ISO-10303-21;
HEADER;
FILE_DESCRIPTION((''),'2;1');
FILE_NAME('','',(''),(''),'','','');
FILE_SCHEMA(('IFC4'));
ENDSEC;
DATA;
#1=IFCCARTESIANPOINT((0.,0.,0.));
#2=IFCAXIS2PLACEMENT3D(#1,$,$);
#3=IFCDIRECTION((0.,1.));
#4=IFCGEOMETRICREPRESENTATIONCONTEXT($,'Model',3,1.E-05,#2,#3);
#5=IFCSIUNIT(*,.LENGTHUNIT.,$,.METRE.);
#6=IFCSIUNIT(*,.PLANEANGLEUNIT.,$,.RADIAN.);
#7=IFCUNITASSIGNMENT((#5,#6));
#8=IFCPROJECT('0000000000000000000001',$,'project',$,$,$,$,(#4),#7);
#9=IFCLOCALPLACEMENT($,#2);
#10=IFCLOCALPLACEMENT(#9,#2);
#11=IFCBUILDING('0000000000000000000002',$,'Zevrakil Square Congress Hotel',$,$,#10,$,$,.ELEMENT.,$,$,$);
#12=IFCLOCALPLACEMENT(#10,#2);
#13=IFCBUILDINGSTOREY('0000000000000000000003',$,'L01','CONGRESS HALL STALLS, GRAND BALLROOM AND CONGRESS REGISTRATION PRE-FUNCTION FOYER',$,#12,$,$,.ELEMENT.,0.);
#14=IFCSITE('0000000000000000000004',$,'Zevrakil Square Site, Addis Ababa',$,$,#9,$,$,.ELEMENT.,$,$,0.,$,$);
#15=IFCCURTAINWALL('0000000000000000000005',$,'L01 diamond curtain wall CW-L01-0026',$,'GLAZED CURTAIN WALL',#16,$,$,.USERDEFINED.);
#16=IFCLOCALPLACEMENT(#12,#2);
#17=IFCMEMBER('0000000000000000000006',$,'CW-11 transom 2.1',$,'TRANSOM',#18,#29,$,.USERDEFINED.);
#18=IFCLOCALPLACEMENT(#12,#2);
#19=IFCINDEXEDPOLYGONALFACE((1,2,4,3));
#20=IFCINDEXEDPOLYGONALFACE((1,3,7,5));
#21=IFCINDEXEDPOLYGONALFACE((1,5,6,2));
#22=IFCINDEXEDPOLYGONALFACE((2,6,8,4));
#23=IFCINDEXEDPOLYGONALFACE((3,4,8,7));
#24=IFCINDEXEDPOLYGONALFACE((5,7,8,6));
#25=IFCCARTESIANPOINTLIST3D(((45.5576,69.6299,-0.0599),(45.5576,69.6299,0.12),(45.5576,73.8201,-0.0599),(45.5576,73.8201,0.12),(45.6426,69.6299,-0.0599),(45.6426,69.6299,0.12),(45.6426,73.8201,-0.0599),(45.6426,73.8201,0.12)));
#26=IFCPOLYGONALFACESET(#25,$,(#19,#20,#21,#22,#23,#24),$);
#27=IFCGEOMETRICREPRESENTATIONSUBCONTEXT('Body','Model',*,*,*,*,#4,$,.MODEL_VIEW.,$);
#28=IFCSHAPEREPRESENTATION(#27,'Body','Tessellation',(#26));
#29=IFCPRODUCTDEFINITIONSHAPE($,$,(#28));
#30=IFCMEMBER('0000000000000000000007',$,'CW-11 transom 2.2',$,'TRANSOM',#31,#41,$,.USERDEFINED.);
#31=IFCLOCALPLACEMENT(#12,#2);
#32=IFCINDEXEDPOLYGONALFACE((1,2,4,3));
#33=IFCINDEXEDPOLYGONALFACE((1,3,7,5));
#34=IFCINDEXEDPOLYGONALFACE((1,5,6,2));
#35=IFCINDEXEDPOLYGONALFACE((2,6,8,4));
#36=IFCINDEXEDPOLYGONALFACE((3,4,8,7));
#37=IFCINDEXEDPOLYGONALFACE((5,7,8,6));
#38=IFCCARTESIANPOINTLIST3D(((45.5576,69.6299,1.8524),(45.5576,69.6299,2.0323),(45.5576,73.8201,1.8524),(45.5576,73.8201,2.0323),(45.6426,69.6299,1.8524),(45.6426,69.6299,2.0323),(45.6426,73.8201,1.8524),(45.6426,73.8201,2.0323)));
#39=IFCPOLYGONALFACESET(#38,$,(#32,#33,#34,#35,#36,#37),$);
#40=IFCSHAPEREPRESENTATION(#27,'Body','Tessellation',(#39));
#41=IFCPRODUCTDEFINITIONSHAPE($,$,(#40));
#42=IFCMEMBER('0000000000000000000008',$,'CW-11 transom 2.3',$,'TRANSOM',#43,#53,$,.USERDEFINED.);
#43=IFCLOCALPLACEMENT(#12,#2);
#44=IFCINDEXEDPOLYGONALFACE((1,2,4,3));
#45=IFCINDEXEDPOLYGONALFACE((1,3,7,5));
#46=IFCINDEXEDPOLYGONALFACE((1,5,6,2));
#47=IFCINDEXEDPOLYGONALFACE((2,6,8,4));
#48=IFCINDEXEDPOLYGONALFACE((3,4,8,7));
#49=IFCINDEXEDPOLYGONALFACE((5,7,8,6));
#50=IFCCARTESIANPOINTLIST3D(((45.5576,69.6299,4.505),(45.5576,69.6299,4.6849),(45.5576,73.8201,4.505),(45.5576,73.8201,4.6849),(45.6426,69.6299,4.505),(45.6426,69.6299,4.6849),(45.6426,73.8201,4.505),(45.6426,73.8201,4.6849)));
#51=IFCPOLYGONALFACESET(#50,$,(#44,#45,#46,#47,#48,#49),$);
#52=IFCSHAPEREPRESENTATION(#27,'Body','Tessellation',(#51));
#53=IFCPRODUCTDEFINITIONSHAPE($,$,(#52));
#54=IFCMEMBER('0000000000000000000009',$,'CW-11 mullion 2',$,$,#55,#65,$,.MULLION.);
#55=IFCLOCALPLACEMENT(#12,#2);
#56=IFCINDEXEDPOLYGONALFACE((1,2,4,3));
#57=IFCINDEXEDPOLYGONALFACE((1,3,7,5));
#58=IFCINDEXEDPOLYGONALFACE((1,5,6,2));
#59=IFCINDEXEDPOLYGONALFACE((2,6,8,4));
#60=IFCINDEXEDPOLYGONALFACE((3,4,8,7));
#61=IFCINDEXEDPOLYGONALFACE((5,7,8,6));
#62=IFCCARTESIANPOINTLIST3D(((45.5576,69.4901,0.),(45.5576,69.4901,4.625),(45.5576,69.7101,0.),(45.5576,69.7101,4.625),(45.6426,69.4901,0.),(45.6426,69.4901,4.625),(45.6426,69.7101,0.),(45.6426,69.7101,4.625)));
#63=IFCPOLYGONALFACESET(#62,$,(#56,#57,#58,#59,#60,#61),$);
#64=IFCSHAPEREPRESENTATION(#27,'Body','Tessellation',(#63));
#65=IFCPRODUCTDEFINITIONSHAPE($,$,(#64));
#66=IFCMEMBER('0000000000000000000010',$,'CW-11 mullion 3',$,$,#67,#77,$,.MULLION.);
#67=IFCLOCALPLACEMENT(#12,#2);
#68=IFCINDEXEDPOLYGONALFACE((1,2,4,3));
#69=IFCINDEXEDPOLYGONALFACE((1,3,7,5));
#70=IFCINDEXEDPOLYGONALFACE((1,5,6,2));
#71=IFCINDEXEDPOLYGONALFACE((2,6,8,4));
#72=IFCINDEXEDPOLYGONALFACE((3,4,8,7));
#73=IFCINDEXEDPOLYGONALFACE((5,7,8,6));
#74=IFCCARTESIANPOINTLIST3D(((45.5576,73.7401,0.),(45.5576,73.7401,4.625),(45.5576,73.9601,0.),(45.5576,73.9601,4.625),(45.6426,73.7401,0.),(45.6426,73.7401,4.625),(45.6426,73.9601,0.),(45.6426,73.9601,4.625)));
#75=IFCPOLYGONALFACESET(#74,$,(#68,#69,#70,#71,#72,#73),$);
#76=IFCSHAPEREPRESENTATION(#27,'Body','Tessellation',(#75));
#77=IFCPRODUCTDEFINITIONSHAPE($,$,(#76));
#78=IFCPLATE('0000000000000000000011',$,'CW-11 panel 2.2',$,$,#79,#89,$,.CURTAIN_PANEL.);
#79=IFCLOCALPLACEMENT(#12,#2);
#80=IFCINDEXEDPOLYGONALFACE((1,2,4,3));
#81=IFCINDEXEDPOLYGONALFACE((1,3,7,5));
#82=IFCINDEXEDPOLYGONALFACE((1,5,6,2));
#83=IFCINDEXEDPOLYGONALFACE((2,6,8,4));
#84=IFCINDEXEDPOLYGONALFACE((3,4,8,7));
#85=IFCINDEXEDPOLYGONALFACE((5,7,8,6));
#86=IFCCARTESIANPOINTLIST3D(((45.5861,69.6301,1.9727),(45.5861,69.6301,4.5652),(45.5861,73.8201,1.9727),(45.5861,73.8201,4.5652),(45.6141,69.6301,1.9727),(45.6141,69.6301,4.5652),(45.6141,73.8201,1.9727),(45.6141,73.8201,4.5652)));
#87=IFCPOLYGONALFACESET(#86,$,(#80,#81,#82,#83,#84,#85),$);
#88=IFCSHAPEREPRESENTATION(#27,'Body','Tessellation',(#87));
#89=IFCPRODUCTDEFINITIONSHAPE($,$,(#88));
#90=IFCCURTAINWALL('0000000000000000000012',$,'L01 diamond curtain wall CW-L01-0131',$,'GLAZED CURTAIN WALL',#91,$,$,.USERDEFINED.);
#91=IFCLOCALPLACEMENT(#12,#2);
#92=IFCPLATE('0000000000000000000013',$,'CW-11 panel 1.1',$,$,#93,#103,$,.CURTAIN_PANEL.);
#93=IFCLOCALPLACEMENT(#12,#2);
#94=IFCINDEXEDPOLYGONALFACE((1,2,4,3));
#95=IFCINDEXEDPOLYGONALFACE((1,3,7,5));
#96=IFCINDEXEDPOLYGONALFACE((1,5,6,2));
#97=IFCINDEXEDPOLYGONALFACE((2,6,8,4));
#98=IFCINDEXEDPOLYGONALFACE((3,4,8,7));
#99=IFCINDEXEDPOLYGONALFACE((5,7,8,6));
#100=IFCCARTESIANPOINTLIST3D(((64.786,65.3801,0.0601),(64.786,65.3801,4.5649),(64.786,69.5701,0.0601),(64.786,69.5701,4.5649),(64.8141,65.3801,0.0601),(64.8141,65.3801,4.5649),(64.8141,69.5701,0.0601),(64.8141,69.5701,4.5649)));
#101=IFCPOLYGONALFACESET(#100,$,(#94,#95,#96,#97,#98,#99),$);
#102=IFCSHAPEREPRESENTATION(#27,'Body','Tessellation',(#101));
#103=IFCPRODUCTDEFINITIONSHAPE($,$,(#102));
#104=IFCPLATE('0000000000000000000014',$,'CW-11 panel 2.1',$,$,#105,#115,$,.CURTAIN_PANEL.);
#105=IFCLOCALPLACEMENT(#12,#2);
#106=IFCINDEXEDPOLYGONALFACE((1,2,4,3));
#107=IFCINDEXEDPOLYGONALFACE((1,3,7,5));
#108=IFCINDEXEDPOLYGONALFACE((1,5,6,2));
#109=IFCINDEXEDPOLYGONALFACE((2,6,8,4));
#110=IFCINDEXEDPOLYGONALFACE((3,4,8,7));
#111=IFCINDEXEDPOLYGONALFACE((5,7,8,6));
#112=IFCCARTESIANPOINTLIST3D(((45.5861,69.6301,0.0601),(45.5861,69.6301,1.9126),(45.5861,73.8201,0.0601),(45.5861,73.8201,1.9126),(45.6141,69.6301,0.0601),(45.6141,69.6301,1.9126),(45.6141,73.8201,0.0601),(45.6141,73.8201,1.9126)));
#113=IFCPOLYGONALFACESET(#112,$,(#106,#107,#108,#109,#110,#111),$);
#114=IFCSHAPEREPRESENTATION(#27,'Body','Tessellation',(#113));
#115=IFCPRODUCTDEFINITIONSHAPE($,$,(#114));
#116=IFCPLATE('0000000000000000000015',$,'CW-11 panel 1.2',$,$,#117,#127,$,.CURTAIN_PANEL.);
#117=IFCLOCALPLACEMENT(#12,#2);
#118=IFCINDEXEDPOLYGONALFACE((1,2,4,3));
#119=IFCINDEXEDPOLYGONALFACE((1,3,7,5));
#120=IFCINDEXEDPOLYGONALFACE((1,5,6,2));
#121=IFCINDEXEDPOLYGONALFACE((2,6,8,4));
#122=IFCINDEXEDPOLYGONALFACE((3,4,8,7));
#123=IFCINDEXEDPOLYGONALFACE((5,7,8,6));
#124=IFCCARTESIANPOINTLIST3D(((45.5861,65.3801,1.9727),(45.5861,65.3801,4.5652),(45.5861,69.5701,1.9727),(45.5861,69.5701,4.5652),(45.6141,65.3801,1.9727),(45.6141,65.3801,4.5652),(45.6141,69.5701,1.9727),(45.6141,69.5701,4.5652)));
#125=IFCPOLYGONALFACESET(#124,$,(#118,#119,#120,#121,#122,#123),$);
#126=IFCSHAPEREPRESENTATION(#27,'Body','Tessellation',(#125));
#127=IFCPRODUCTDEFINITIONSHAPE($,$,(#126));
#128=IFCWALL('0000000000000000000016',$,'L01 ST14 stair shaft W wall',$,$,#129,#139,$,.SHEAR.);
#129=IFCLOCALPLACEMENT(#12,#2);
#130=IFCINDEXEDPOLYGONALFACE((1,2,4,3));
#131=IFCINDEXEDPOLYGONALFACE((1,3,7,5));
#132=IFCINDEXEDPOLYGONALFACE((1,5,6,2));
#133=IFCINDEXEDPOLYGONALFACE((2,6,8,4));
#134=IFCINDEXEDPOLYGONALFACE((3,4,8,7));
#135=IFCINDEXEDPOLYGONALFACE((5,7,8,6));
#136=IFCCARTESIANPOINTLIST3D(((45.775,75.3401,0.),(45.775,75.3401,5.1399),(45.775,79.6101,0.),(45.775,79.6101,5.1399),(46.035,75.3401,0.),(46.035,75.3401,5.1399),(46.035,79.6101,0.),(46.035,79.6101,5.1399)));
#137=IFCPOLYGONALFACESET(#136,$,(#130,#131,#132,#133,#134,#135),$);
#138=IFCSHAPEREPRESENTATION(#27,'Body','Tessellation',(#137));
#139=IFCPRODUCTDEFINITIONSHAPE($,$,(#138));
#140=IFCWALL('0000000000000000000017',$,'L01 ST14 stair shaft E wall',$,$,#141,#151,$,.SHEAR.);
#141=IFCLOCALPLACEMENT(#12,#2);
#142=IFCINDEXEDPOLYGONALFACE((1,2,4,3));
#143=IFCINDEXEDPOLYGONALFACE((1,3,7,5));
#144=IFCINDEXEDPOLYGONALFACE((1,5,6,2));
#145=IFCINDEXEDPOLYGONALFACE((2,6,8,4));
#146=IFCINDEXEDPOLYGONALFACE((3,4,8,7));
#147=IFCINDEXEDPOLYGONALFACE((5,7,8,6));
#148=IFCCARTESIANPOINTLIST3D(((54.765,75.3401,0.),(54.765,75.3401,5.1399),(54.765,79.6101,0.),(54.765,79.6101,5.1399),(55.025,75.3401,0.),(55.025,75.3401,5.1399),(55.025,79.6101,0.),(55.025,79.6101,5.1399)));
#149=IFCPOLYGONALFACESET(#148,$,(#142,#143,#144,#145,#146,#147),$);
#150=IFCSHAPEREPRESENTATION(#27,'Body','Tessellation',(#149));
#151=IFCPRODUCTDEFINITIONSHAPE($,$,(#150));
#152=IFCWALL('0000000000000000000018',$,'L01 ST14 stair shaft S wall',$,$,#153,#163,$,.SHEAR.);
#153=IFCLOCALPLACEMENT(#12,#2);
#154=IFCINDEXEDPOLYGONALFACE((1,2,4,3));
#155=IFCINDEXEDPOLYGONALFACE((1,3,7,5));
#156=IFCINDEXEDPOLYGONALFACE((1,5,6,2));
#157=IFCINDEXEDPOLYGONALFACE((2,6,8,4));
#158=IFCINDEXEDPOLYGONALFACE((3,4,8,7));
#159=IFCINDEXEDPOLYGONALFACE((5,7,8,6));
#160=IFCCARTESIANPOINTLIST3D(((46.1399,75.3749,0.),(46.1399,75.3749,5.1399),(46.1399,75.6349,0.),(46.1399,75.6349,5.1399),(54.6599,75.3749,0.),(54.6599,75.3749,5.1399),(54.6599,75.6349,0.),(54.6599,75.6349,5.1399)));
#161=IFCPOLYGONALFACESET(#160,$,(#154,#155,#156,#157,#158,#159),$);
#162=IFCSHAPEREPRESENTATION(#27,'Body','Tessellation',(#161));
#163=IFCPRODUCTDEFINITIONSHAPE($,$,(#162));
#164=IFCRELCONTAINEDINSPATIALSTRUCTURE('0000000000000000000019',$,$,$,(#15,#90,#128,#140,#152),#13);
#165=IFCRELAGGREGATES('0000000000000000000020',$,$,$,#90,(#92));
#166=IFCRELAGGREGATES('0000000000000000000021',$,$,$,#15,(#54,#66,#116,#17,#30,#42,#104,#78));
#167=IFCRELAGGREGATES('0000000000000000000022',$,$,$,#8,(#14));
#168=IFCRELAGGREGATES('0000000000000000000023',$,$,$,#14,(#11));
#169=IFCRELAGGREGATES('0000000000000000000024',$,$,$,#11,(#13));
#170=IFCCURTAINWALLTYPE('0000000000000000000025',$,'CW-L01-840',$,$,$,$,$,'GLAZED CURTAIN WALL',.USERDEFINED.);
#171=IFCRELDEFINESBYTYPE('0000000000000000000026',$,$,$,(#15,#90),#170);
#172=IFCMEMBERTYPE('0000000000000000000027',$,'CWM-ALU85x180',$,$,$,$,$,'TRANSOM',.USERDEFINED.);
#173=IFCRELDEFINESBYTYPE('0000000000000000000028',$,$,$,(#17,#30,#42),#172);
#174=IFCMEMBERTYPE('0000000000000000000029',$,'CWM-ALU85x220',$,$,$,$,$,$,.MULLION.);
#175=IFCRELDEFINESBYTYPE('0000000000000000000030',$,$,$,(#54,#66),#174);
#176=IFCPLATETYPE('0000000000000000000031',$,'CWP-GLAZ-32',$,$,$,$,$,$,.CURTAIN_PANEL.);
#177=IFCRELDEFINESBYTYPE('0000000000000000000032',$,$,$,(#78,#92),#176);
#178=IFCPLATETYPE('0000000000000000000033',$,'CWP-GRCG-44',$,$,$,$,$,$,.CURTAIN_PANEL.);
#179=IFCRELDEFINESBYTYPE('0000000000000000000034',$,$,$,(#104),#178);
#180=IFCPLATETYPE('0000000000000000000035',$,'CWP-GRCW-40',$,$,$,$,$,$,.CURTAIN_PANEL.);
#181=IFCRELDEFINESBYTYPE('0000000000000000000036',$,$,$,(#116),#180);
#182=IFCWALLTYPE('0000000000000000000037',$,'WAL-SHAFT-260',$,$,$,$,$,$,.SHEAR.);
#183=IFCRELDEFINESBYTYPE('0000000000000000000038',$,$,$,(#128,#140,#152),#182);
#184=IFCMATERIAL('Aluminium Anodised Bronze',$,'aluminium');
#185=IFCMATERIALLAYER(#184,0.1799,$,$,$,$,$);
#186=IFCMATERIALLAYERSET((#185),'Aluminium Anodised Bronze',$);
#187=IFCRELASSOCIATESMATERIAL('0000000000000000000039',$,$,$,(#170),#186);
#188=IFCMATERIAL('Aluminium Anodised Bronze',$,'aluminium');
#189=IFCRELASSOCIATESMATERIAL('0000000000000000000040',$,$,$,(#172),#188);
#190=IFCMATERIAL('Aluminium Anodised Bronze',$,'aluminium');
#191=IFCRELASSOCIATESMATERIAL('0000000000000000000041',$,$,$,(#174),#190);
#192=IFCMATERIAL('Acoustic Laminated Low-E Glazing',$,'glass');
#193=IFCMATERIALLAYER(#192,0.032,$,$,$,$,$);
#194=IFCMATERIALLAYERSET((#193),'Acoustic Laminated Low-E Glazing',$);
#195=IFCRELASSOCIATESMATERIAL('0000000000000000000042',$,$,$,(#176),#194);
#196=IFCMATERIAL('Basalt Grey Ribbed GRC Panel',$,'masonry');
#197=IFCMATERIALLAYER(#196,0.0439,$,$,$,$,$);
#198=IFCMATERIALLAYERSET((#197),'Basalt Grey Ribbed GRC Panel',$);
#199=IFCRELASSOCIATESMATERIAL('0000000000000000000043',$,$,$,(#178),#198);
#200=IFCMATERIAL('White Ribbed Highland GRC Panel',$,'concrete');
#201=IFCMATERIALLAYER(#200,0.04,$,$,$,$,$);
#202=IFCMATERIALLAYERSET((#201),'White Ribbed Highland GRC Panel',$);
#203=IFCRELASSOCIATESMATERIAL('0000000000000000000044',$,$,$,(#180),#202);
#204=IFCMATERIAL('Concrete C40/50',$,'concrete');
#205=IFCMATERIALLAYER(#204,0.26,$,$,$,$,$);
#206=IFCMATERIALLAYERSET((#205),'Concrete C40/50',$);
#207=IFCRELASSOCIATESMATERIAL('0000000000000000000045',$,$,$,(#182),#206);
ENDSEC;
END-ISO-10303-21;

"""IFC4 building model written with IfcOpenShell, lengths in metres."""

from ifc_helpers import new_model, si_unit, direction, frame, frame_2d, origin, origin_2d, place, context, subcontext, project, spatial, rectangle, extrude, material, layer, layer_set, material_profile, profile_set, type_object, element, aggregate, save


model = new_model("IFC4")

# Units and contexts
model_context = context("Model", 3, precision=1e-05, world=origin(), true_north=direction((0.0, 1.0)))
body_context = subcontext(model_context, "Body", "Model", "MODEL_VIEW")
ifc_project = project(units=[si_unit("LENGTHUNIT", "METRE"), si_unit("PLANEANGLEUNIT", "RADIAN")], contexts=[model_context])

# Site, building, storey
site_placement = place(None, origin())
site = spatial("IfcSite", under=ifc_project, at=site_placement, Name="Zevrakil Square Site, Addis Ababa", CompositionType="ELEMENT", RefElevation=0.0)
building_placement = place(site_placement, origin())
building = spatial("IfcBuilding", under=site, at=building_placement, Name="Zevrakil Square Congress Hotel", CompositionType="ELEMENT")
storey_placement = place(building_placement, origin())
storey = spatial("IfcBuildingStorey", under=building, at=storey_placement, Name="L01", Description="CONGRESS HALL STALLS, GRAND BALLROOM AND CONGRESS REGISTRATION PRE-FUNCTION FOYER", CompositionType="ELEMENT", Elevation=0.0)

# Curtain wall, members, plate
ifc_material_1 = material(Name="Aluminium Anodised Bronze", Category="aluminium")
ifc_layer_1 = layer(ifc_material_1, 0.1799)
ifc_layer_set_1 = layer_set([ifc_layer_1], Name="Aluminium Anodised Bronze")
curtain_wall_type = type_object("IfcCurtainWallType", Name="CW-L01-840", ElementType="GLAZED CURTAIN WALL", PredefinedType="USERDEFINED", material=ifc_layer_set_1)
curtain_wall_1_placement = place(storey_placement, origin())
curtain_wall_1 = element("IfcCurtainWall", 1, at=curtain_wall_1_placement, inside=storey, type_object=curtain_wall_type, Name="L01 diamond curtain wall CW-L01-0026", ObjectType="GLAZED CURTAIN WALL", PredefinedType="USERDEFINED")
ifc_material_2 = material(Name="Aluminium Anodised Bronze", Category="aluminium")
ifc_material_profile_1 = material_profile(ifc_material_2, rectangle(XDim=0.085, YDim=0.1799, at=origin_2d()), Name="ALU 85x180")
ifc_profile_set_1 = profile_set([ifc_material_profile_1], Name="Aluminium Anodised Bronze")
member_type_1 = type_object("IfcMemberType", Name="CWM-ALU85x180", ElementType="TRANSOM", PredefinedType="USERDEFINED", material=ifc_profile_set_1)
member_1_placement = place(storey_placement, frame((45.6001, 69.6299, 0.03), z_axis=(0.0, 1.0, 0.0), x_axis=(-1.0, 0.0, 0.0)))
member_1 = element("IfcMember", 2, at=member_1_placement, type_object=member_type_1, Name="CW-11 transom 2.1", ObjectType="TRANSOM", PredefinedType="USERDEFINED", context=body_context, shape_type="SweptSolid", body=[
    extrude(rectangle(XDim=0.085, YDim=0.1799, at=origin_2d()), origin(), (0.0, 0.0, 1.0), 4.1902),
])
member_2_placement = place(storey_placement, frame((45.6001, 69.6299, 1.9424), z_axis=(0.0, 1.0, 0.0), x_axis=(-1.0, 0.0, 0.0)))
member_2 = element("IfcMember", 3, at=member_2_placement, type_object=member_type_1, Name="CW-11 transom 2.2", ObjectType="TRANSOM", PredefinedType="USERDEFINED", context=body_context, shape_type="SweptSolid", body=[
    extrude(rectangle(XDim=0.085, YDim=0.1799, at=origin_2d()), origin(), (0.0, 0.0, 1.0), 4.1902),
])
member_3_placement = place(storey_placement, frame((45.6001, 69.6299, 4.595), z_axis=(0.0, 1.0, 0.0), x_axis=(-1.0, 0.0, 0.0)))
member_3 = element("IfcMember", 4, at=member_3_placement, type_object=member_type_1, Name="CW-11 transom 2.3", ObjectType="TRANSOM", PredefinedType="USERDEFINED", context=body_context, shape_type="SweptSolid", body=[
    extrude(rectangle(XDim=0.085, YDim=0.1799, at=origin_2d()), origin(), (0.0, 0.0, 1.0), 4.1902),
])
ifc_material_3 = material(Name="Aluminium Anodised Bronze", Category="aluminium")
ifc_material_profile_2 = material_profile(ifc_material_3, rectangle(XDim=0.085, YDim=0.22, at=origin_2d()), Name="ALU 85x220")
ifc_profile_set_2 = profile_set([ifc_material_profile_2], Name="Aluminium Anodised Bronze")
member_type_2 = type_object("IfcMemberType", Name="CWM-ALU85x220", PredefinedType="MULLION", material=ifc_profile_set_2)
member_4_placement = place(storey_placement, frame((45.6001, 69.6001, 0.0), z_axis=(0.0, 0.0, 1.0), x_axis=(-1.0, 0.0, 0.0)))
member_4 = element("IfcMember", 5, at=member_4_placement, type_object=member_type_2, Name="CW-11 mullion 2", PredefinedType="MULLION", context=body_context, shape_type="SweptSolid", body=[
    extrude(rectangle(XDim=0.085, YDim=0.22, at=origin_2d()), origin(), (0.0, 0.0, 1.0), 4.625),
])
member_5_placement = place(storey_placement, frame((45.6001, 73.8501, 0.0), z_axis=(0.0, 0.0, 1.0), x_axis=(-1.0, 0.0, 0.0)))
member_5 = element("IfcMember", 6, at=member_5_placement, type_object=member_type_2, Name="CW-11 mullion 3", PredefinedType="MULLION", context=body_context, shape_type="SweptSolid", body=[
    extrude(rectangle(XDim=0.085, YDim=0.22, at=origin_2d()), origin(), (0.0, 0.0, 1.0), 4.625),
])
ifc_material_4 = material(Name="Acoustic Laminated Low-E Glazing", Category="glass")
ifc_layer_2 = layer(ifc_material_4, 0.032)
ifc_layer_set_2 = layer_set([ifc_layer_2], Name="Acoustic Laminated Low-E Glazing")
plate_type_1 = type_object("IfcPlateType", Name="CWP-GLAZ-32", PredefinedType="CURTAIN_PANEL", material=ifc_layer_set_2)
plate_1_placement = place(storey_placement, frame((45.6001, 71.7251, 1.9727), z_axis=(0.0, 0.0, 1.0), x_axis=(0.0, 1.0, 0.0)))
plate_1 = element("IfcPlate", 7, at=plate_1_placement, type_object=plate_type_1, Name="CW-11 panel 2.2", PredefinedType="CURTAIN_PANEL", context=body_context, shape_type="SweptSolid", body=[
    extrude(rectangle(XDim=4.1899, YDim=0.0281, at=origin_2d()), origin(), (0.0, 0.0, 1.0), 2.5925),
])

# Curtain wall, plate
curtain_wall_2_placement = place(storey_placement, origin())
curtain_wall_2 = element("IfcCurtainWall", 8, at=curtain_wall_2_placement, inside=storey, type_object=curtain_wall_type, Name="L01 diamond curtain wall CW-L01-0131", ObjectType="GLAZED CURTAIN WALL", PredefinedType="USERDEFINED")
plate_2_placement = place(storey_placement, frame((64.8, 67.4751, 0.0601), z_axis=(0.0, 0.0, 1.0), x_axis=(0.0, 1.0, 0.0)))
plate_2 = element("IfcPlate", 9, at=plate_2_placement, type_object=plate_type_1, Name="CW-11 panel 1.1", PredefinedType="CURTAIN_PANEL", context=body_context, shape_type="SweptSolid", body=[
    extrude(rectangle(XDim=4.1899, YDim=0.0281, at=origin_2d()), origin(), (0.0, 0.0, 1.0), 4.5049),
])
aggregate(curtain_wall_2, [plate_2])

# Plates
ifc_material_5 = material(Name="Basalt Grey Ribbed GRC Panel", Category="masonry")
ifc_layer_3 = layer(ifc_material_5, 0.0439)
ifc_layer_set_3 = layer_set([ifc_layer_3], Name="Basalt Grey Ribbed GRC Panel")
plate_type_2 = type_object("IfcPlateType", Name="CWP-GRCG-44", PredefinedType="CURTAIN_PANEL", material=ifc_layer_set_3)
plate_3_placement = place(storey_placement, frame((45.6001, 71.7251, 0.0601), z_axis=(0.0, 0.0, 1.0), x_axis=(0.0, 1.0, 0.0)))
plate_3 = element("IfcPlate", 10, at=plate_3_placement, type_object=plate_type_2, Name="CW-11 panel 2.1", PredefinedType="CURTAIN_PANEL", context=body_context, shape_type="SweptSolid", body=[
    extrude(rectangle(XDim=4.1899, YDim=0.0281, at=origin_2d()), origin(), (0.0, 0.0, 1.0), 1.8525),
])
ifc_material_6 = material(Name="White Ribbed Highland GRC Panel", Category="concrete")
ifc_layer_4 = layer(ifc_material_6, 0.04)
ifc_layer_set_4 = layer_set([ifc_layer_4], Name="White Ribbed Highland GRC Panel")
plate_type_3 = type_object("IfcPlateType", Name="CWP-GRCW-40", PredefinedType="CURTAIN_PANEL", material=ifc_layer_set_4)
plate_4_placement = place(storey_placement, frame((45.6001, 67.4751, 1.9727), z_axis=(0.0, 0.0, 1.0), x_axis=(0.0, 1.0, 0.0)))
plate_4 = element("IfcPlate", 11, at=plate_4_placement, type_object=plate_type_3, Name="CW-11 panel 1.2", PredefinedType="CURTAIN_PANEL", context=body_context, shape_type="SweptSolid", body=[
    extrude(rectangle(XDim=4.1899, YDim=0.0281, at=origin_2d()), origin(), (0.0, 0.0, 1.0), 2.5925),
])
aggregate(curtain_wall_1, [member_4, member_5, plate_4, member_1, member_2, member_3, plate_3, plate_1])

# Walls
ifc_material_7 = material(Name="Concrete C40/50", Category="concrete")
ifc_layer_5 = layer(ifc_material_7, 0.26)
ifc_layer_set_5 = layer_set([ifc_layer_5], Name="Concrete C40/50")
wall_type = type_object("IfcWallType", Name="WAL-SHAFT-260", PredefinedType="SHEAR", material=ifc_layer_set_5)
for number, where, z_axis, x_axis, name in (
    (12, (45.905, 75.3401, 0.0), (0.0, 0.0, 1.0), (0.0, 1.0, 0.0), "L01 ST14 stair shaft W wall"),
    (13, (54.895, 75.3401, 0.0), (0.0, 0.0, 1.0), (0.0, 1.0, 0.0), "L01 ST14 stair shaft E wall"),
):
    element("IfcWall", number, at=place(storey_placement, frame(where, z_axis=z_axis, x_axis=x_axis)), inside=storey, type_object=wall_type, Name=name, PredefinedType="SHEAR", context=body_context, shape_type="SweptSolid", body=[
        extrude(rectangle(XDim=4.27, YDim=0.26, at=frame_2d((2.135, 0.0))), origin(), (0.0, 0.0, 1.0), 5.1399),
    ])
wall_placement = place(storey_placement, frame((46.1399, 75.5049, 0.0), z_axis=(0.0, 0.0, 1.0), x_axis=(1.0, 0.0, 0.0)))
element("IfcWall", 14, at=wall_placement, inside=storey, type_object=wall_type, Name="L01 ST14 stair shaft S wall", PredefinedType="SHEAR", context=body_context, shape_type="SweptSolid", body=[
    extrude(rectangle(XDim=8.52, YDim=0.26, at=frame_2d((4.26, 0.0))), origin(), (0.0, 0.0, 1.0), 5.1399),
])

save(model, "model.ifc")
